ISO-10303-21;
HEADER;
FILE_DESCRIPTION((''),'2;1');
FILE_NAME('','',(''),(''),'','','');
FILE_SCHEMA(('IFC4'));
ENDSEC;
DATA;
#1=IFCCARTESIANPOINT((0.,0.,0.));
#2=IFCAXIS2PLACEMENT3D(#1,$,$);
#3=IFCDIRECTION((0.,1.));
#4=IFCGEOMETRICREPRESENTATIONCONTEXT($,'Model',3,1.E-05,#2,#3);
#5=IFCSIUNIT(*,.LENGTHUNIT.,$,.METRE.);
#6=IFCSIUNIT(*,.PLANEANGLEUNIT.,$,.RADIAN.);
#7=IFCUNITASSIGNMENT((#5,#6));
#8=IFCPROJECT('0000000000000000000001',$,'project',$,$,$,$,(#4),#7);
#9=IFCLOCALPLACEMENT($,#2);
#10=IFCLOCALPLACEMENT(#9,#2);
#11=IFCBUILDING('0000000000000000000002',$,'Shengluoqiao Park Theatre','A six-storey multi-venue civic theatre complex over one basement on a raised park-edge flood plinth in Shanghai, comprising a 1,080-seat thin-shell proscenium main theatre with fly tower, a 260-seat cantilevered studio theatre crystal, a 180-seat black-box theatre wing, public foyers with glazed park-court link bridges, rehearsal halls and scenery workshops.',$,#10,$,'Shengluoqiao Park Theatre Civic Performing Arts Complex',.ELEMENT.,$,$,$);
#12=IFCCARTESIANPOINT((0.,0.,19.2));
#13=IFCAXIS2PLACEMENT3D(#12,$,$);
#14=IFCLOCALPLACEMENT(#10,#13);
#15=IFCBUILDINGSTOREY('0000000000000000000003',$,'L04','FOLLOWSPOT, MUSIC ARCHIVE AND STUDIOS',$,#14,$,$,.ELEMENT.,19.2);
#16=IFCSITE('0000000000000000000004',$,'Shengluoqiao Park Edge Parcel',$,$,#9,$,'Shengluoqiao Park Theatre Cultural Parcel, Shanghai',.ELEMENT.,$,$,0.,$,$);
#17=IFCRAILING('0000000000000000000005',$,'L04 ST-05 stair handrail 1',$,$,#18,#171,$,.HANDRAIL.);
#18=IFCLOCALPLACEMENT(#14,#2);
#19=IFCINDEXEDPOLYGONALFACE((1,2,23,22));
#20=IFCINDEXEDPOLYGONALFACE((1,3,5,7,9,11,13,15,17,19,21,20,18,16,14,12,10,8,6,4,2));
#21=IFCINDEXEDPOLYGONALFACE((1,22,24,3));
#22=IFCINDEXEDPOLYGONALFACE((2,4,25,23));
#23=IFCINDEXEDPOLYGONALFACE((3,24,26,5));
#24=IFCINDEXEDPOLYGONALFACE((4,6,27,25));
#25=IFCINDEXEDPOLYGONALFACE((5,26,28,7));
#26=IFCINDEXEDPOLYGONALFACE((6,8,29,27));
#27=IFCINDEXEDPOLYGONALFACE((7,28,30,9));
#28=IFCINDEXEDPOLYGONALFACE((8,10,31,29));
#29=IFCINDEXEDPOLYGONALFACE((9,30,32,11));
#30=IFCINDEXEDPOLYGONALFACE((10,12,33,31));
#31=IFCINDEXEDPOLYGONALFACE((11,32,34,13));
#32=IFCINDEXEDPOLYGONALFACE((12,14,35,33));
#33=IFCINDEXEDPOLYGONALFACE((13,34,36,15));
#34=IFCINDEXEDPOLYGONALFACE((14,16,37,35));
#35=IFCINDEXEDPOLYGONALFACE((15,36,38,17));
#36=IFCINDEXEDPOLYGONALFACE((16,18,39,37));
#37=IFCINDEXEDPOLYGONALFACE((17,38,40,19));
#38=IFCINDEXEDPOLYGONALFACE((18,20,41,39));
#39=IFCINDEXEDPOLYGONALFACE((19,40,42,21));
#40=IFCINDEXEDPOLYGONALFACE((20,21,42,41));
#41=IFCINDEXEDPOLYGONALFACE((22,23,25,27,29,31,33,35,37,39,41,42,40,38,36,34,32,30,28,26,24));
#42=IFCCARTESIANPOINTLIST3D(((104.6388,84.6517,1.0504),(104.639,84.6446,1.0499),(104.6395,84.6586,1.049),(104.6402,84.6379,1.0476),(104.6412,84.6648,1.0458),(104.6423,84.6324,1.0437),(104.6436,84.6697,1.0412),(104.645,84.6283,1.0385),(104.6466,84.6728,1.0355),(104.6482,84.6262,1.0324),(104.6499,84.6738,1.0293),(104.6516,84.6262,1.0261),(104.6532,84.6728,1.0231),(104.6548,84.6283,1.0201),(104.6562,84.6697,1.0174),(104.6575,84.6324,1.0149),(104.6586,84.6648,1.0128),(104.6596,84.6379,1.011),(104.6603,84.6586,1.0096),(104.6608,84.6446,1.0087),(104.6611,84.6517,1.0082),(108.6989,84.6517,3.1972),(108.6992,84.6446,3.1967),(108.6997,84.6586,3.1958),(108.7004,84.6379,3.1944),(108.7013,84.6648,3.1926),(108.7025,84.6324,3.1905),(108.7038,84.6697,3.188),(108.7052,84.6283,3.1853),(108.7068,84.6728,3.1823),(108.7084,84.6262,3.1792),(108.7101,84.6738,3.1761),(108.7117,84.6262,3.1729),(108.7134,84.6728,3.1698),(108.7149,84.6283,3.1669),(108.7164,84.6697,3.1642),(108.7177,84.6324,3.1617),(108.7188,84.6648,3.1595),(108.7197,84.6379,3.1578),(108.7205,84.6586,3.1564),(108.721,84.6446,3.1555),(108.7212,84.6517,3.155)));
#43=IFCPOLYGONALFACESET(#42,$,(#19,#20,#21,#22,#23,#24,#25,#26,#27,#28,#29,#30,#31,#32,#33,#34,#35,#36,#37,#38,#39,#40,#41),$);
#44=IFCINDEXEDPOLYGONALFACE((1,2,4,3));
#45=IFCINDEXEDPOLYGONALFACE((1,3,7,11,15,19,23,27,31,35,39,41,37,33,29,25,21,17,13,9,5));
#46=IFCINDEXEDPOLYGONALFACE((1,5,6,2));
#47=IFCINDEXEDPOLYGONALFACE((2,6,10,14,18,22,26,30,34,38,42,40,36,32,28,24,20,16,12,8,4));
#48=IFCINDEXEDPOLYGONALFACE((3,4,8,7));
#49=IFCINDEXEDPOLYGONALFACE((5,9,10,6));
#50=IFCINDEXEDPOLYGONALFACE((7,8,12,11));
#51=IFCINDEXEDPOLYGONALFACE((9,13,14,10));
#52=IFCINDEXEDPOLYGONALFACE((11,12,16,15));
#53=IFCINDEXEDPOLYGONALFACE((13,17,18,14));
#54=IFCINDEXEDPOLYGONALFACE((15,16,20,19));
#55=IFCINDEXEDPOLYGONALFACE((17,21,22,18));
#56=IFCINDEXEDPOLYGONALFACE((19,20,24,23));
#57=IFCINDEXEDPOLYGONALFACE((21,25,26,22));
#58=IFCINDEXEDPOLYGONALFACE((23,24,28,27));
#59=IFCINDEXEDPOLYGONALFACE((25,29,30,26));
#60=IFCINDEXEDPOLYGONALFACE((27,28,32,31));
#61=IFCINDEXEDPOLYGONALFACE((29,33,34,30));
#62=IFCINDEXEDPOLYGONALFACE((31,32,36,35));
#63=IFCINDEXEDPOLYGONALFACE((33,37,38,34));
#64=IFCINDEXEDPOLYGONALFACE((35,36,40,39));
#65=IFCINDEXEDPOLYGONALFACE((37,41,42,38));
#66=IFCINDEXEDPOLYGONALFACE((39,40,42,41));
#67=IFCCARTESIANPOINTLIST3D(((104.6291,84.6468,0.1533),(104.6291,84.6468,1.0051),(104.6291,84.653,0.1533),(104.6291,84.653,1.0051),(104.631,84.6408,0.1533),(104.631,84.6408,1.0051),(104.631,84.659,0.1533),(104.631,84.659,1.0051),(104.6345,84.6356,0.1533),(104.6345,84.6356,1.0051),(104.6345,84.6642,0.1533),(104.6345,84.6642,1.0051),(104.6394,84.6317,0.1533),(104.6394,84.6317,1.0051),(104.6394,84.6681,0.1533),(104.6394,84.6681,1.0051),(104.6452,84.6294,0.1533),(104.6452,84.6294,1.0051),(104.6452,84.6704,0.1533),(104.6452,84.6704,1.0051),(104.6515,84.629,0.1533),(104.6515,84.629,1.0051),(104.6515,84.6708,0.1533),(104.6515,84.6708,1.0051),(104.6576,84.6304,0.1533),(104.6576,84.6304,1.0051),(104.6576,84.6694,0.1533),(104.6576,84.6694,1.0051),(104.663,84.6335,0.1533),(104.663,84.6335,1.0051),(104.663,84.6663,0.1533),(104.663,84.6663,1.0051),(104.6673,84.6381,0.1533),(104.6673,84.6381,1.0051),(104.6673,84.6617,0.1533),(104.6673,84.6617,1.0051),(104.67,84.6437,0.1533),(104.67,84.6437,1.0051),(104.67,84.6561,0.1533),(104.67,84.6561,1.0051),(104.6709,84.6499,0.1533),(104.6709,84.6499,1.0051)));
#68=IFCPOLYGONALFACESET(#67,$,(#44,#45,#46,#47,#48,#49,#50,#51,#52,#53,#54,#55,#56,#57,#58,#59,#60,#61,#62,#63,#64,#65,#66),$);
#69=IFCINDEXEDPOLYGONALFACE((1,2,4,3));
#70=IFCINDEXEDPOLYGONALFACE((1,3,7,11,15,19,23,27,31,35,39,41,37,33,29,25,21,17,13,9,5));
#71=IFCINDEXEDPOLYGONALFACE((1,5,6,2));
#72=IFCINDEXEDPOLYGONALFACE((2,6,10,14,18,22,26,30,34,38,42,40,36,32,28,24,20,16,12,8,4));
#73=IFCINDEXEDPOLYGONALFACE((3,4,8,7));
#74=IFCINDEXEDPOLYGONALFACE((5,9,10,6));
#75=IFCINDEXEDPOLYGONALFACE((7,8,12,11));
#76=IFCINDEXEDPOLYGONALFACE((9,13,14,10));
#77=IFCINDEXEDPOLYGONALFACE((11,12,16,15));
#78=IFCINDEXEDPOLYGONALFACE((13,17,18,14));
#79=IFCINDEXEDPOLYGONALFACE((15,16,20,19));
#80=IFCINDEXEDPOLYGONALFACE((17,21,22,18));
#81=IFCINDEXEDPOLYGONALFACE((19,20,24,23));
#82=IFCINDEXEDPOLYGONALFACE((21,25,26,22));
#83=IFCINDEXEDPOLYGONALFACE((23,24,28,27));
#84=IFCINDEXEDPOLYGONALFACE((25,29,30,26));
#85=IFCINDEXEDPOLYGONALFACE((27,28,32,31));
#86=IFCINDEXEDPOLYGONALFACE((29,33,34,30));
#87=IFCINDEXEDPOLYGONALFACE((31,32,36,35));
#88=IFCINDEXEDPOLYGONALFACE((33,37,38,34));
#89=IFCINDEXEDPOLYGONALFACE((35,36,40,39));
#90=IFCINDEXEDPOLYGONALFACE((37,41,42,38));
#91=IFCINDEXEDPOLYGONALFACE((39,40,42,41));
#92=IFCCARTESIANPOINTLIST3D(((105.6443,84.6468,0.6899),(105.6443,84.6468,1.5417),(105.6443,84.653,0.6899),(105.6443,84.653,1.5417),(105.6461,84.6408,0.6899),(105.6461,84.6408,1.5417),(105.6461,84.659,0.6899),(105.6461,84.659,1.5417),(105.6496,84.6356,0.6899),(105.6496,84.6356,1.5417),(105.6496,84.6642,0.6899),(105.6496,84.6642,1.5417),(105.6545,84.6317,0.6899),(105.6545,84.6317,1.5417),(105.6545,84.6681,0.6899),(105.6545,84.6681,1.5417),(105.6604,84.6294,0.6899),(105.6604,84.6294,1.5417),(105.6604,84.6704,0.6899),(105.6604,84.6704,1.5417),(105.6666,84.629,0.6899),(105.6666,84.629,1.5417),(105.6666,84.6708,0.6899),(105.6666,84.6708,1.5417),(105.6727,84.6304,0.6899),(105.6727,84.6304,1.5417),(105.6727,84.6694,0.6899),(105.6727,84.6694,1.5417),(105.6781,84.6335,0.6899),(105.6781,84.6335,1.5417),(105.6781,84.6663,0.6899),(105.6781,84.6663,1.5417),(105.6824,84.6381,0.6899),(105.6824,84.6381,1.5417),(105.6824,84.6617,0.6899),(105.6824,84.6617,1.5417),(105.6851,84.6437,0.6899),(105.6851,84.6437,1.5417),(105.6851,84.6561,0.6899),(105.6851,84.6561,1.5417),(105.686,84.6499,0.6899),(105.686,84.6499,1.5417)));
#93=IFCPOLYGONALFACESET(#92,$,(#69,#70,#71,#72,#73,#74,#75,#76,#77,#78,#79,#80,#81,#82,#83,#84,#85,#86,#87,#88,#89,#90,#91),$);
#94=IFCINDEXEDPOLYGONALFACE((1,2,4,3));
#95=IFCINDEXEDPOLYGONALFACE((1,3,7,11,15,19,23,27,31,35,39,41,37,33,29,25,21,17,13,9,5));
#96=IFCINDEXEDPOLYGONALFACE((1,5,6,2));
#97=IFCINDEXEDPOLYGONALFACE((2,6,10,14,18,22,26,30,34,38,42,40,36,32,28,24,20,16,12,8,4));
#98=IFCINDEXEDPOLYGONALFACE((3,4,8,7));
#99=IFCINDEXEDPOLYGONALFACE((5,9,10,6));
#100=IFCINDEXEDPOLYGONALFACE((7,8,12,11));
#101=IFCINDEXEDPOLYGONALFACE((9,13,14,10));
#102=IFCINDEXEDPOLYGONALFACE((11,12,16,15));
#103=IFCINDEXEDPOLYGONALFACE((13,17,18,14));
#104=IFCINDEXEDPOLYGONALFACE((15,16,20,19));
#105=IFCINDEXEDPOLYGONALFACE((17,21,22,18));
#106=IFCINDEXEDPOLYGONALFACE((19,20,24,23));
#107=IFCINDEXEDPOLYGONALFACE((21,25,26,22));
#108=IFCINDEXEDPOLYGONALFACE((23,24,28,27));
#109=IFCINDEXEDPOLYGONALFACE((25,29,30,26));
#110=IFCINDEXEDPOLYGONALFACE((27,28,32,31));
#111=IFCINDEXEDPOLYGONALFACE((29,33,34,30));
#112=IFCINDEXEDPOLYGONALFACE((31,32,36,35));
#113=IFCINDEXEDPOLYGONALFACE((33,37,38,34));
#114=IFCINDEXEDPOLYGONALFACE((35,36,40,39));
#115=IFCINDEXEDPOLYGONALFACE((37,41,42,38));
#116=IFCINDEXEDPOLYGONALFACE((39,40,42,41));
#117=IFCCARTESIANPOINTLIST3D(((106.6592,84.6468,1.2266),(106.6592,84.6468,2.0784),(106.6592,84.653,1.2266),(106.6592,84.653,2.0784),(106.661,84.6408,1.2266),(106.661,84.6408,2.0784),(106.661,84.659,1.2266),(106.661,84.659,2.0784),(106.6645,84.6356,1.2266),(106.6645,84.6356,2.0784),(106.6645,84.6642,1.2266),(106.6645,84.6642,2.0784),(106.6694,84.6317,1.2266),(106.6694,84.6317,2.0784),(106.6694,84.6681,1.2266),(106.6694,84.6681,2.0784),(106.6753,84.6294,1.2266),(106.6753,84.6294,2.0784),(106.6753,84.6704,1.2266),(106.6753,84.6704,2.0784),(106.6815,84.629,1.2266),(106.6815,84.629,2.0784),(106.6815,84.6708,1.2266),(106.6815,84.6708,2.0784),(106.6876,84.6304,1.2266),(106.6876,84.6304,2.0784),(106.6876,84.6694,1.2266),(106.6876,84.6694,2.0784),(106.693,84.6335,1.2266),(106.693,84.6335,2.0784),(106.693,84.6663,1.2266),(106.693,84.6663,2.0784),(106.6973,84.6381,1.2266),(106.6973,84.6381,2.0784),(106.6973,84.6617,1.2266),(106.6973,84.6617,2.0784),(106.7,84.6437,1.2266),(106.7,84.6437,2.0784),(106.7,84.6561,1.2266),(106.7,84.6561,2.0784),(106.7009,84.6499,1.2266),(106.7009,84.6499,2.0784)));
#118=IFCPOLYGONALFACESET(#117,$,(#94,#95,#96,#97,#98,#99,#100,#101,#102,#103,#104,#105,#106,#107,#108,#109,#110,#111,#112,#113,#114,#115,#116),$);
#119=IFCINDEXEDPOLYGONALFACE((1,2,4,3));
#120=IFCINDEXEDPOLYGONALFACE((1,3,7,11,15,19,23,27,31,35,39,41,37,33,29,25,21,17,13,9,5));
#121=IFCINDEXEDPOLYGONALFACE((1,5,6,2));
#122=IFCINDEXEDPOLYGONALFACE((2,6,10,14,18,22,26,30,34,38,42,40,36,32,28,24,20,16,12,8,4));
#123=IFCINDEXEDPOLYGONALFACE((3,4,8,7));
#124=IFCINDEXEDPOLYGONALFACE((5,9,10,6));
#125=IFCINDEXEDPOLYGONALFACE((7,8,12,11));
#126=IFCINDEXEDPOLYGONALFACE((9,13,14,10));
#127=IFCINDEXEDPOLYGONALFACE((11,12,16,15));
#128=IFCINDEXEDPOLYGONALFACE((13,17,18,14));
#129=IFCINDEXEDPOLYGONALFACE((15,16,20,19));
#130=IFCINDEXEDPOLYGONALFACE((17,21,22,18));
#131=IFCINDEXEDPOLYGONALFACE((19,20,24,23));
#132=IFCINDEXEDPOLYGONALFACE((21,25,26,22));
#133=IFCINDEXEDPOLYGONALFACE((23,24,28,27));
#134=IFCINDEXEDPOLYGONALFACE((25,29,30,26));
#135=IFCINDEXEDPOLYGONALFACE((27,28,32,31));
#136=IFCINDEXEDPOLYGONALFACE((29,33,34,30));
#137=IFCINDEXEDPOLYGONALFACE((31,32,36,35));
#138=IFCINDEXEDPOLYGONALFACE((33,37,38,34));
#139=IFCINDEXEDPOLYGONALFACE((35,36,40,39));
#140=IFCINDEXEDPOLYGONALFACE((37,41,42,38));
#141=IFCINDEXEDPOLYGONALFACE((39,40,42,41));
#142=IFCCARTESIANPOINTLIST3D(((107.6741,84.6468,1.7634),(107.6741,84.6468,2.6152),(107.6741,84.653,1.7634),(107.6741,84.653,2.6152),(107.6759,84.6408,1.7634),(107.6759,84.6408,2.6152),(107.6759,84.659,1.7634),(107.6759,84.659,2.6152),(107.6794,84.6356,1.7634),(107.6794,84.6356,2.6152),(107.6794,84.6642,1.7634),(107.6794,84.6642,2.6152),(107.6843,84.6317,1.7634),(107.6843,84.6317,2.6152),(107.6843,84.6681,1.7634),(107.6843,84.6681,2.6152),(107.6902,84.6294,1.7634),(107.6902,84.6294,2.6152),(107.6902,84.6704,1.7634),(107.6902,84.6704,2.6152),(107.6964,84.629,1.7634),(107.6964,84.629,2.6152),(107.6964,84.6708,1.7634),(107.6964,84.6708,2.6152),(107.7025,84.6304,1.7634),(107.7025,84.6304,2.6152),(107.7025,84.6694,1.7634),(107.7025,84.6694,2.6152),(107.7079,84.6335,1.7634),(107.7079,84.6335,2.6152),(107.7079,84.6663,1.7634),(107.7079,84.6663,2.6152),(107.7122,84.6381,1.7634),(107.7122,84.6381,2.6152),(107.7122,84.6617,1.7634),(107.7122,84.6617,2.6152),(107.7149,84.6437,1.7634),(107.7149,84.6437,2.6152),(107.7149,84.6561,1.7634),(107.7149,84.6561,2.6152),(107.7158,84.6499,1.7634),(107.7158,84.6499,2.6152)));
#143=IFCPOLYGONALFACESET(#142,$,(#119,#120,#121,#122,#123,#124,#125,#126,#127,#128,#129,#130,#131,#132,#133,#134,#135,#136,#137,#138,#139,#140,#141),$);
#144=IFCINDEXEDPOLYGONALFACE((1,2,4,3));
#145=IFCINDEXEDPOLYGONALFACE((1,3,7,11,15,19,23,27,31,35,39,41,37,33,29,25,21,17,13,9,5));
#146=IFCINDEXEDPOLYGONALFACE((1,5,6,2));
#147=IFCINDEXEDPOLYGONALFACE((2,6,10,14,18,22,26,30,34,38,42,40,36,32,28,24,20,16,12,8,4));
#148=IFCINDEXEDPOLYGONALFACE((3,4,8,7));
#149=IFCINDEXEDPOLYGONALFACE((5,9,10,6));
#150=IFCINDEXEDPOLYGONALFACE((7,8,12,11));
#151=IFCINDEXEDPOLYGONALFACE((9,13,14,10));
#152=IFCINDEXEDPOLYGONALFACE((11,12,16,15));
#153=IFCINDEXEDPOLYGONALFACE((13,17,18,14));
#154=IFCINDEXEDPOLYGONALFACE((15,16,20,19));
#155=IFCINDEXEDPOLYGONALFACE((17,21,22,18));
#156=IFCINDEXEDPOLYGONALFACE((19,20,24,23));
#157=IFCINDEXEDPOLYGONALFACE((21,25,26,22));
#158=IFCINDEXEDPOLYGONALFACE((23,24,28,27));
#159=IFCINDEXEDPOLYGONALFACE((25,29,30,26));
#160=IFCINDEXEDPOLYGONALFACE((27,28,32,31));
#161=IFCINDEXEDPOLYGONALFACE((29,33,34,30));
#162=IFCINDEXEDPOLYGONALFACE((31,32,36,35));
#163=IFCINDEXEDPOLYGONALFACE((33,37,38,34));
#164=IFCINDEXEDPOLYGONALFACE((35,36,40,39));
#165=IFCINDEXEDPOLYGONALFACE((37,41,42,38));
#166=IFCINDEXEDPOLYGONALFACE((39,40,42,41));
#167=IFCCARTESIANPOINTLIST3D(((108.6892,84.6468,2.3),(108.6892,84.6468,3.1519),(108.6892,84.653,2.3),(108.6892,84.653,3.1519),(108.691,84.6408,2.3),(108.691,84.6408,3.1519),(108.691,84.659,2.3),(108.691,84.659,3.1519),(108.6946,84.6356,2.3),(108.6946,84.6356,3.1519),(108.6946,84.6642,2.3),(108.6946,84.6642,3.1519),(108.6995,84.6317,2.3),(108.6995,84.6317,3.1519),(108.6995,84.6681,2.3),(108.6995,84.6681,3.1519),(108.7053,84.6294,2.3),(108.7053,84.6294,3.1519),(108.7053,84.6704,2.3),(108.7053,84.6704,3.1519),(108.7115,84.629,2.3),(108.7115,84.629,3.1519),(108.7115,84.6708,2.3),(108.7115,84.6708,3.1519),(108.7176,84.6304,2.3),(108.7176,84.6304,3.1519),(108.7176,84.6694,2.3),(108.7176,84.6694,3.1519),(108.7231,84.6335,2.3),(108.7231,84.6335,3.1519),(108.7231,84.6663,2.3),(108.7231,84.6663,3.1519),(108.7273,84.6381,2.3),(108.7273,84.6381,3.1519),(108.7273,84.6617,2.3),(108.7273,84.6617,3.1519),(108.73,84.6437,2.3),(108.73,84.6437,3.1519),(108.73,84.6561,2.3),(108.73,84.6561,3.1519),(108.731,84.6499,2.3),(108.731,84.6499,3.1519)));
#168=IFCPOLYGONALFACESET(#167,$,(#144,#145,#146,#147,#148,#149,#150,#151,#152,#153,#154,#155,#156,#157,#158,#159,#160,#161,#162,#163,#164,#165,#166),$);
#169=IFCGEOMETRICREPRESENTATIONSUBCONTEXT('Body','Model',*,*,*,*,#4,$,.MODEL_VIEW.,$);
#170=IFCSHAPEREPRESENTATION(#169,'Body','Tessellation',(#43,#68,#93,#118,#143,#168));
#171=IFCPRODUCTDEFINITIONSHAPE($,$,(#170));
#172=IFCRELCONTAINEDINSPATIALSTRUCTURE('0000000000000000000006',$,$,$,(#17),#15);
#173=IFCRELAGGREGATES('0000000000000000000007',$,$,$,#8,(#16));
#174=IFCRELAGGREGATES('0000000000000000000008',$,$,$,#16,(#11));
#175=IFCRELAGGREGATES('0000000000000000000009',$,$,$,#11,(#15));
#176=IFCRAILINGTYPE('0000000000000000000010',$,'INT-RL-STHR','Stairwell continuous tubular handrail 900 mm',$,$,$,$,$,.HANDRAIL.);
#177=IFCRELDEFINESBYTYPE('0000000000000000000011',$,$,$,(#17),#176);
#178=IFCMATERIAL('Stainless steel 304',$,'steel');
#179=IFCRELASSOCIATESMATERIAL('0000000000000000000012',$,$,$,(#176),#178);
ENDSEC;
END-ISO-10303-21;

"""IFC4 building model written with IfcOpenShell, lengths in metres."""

from ifc_helpers import new_model, si_unit, direction, frame, origin, origin_2d, place, context, subcontext, project, spatial, circle, extrude, material, type_object, element, save


model = new_model("IFC4")

# Units and contexts
model_context = context("Model", 3, precision=1e-05, world=origin(), true_north=direction((0.0, 1.0)))
body_context = subcontext(model_context, "Body", "Model", "MODEL_VIEW")
ifc_project = project(units=[si_unit("LENGTHUNIT", "METRE"), si_unit("PLANEANGLEUNIT", "RADIAN")], contexts=[model_context])

# Site, building, storey
site_placement = place(None, origin())
site = spatial("IfcSite", under=ifc_project, at=site_placement, Name="Shengluoqiao Park Edge Parcel", LongName="Shengluoqiao Park Theatre Cultural Parcel, Shanghai", CompositionType="ELEMENT", RefElevation=0.0)
building_placement = place(site_placement, origin())
building = spatial("IfcBuilding", under=site, at=building_placement, Name="Shengluoqiao Park Theatre", Description="A six-storey multi-venue civic theatre complex over one basement on a raised park-edge flood plinth in Shanghai, comprising a 1,080-seat thin-shell proscenium main theatre with fly tower, a 260-seat cantilevered studio theatre crystal, a 180-seat black-box theatre wing, public foyers with glazed park-court link bridges, rehearsal halls and scenery workshops.", LongName="Shengluoqiao Park Theatre Civic Performing Arts Complex", CompositionType="ELEMENT")
storey_placement = place(building_placement, frame((0.0, 0.0, 19.2)))
storey = spatial("IfcBuildingStorey", under=building, at=storey_placement, Name="L04", Description="FOLLOWSPOT, MUSIC ARCHIVE AND STUDIOS", CompositionType="ELEMENT", Elevation=19.2)

# Railing
ifc_material_1 = material(Name="Stainless steel 304", Category="steel")
railing_type_1 = type_object("IfcRailingType", Name="INT-RL-STHR", Description="Stairwell continuous tubular handrail 900 mm", PredefinedType="HANDRAIL", material=ifc_material_1)
railing_1_placement = place(storey_placement, frame((104.6499, 84.6499, 0.1533)))
element("IfcRailing", 1, at=railing_1_placement, inside=storey, type_object=railing_type_1, Name="L04 ST-05 stair handrail 1", PredefinedType="HANDRAIL", context=body_context, shape_type="SweptSolid", body=[
    extrude(circle(Radius=0.0239, at=origin_2d()), frame((0.0, 0.0, 0.876), z_axis=(0.884032, 0.0, 0.467426), x_axis=(0.0, 1.0, 0.0)), (0.0, 0.0, 1.0), 4.5928),
    extrude(circle(Radius=0.021, at=origin_2d()), origin(), (0.0, 0.0, 1.0), 0.8518),
    extrude(circle(Radius=0.021, at=origin_2d()), frame((1.0151, 0.0, 0.5366)), (0.0, 0.0, 1.0), 0.8518),
    extrude(circle(Radius=0.021, at=origin_2d()), frame((2.03, 0.0, 1.0732)), (0.0, 0.0, 1.0), 0.8518),
    extrude(circle(Radius=0.021, at=origin_2d()), frame((3.0449, 0.0, 1.6101)), (0.0, 0.0, 1.0), 0.8518),
    extrude(circle(Radius=0.021, at=origin_2d()), frame((4.0601, 0.0, 2.1467)), (0.0, 0.0, 1.0), 0.8518),
])

save(model, "model.ifc")
